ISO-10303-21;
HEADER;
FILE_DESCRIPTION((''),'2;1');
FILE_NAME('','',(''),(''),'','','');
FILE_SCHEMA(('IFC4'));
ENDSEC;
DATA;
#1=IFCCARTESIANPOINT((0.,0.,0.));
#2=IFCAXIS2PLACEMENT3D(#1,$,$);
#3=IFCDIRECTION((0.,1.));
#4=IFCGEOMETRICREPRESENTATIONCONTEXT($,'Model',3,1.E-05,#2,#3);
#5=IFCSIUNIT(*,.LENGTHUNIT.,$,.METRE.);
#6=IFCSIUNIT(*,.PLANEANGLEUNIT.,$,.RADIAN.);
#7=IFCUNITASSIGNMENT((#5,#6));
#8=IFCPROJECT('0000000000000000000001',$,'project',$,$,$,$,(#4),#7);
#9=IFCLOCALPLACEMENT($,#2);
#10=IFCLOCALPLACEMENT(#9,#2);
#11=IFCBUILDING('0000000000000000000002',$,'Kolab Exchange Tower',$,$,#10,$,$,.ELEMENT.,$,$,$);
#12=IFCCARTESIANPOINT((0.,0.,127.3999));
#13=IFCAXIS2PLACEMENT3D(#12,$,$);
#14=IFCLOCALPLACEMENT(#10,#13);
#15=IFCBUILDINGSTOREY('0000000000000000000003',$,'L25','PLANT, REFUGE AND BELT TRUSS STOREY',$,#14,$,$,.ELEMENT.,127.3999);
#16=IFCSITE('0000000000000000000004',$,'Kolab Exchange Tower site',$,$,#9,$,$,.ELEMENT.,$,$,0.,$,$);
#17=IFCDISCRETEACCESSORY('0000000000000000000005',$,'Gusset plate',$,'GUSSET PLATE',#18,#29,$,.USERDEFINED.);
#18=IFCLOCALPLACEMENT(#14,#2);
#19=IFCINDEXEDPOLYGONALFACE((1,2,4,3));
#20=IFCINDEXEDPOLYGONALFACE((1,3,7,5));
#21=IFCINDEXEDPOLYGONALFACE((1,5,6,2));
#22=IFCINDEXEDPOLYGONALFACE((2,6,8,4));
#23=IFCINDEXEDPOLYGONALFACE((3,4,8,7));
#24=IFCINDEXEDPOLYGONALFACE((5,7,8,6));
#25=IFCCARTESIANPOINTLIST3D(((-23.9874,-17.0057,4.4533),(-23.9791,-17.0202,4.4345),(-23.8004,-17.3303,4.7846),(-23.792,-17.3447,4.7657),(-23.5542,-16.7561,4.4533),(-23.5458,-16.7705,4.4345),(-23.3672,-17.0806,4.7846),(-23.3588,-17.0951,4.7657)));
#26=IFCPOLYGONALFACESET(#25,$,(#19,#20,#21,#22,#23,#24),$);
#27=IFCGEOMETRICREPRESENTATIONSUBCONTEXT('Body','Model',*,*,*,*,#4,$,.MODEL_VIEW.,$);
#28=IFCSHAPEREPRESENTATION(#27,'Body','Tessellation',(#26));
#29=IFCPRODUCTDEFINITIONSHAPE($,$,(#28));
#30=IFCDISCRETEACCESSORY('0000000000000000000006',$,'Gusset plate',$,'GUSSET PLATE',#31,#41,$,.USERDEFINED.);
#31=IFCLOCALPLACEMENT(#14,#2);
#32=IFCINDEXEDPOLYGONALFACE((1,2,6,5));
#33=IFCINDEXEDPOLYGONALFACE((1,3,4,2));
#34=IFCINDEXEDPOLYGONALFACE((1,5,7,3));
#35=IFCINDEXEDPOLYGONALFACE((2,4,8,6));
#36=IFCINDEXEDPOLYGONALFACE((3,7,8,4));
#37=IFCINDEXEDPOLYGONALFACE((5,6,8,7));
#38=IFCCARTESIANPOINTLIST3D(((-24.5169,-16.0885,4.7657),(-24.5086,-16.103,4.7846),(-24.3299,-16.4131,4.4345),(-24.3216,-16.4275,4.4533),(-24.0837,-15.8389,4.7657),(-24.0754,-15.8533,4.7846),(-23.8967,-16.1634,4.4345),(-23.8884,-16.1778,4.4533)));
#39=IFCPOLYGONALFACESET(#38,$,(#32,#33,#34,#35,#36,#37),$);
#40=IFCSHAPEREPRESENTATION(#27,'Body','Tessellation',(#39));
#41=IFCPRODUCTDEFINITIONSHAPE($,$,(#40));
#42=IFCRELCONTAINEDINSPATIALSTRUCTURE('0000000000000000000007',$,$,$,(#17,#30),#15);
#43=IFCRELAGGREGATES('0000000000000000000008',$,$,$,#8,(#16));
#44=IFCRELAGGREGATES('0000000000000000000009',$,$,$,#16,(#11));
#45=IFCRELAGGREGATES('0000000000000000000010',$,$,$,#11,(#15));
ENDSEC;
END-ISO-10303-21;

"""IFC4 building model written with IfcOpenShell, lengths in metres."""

from ifc_helpers import new_model, si_unit, direction, frame, origin, origin_2d, place, context, subcontext, project, spatial, rectangle, extrude, element, save


model = new_model("IFC4")

# Units and contexts
model_context = context("Model", 3, precision=1e-05, world=origin(), true_north=direction((0.0, 1.0)))
body_context = subcontext(model_context, "Body", "Model", "MODEL_VIEW")
ifc_project = project(units=[si_unit("LENGTHUNIT", "METRE"), si_unit("PLANEANGLEUNIT", "RADIAN")], contexts=[model_context])

# Site, building, storey
site_placement = place(None, origin())
site = spatial("IfcSite", under=ifc_project, at=site_placement, Name="Kolab Exchange Tower site", CompositionType="ELEMENT", RefElevation=0.0)
building_placement = place(site_placement, origin())
building = spatial("IfcBuilding", under=site, at=building_placement, Name="Kolab Exchange Tower", CompositionType="ELEMENT")
storey_placement = place(building_placement, frame((0.0, 0.0, 127.3999)))
storey = spatial("IfcBuildingStorey", under=building, at=storey_placement, Name="L25", Description="PLANT, REFUGE AND BELT TRUSS STOREY", CompositionType="ELEMENT", Elevation=127.3999)

# Discrete accessories
for number, where, z_axis, x_axis, name in (
    (1, (-23.6689, -17.0576, 4.6001), (-0.330768, 0.57398, 0.749092), (-0.86643, -0.499299, 0.0), "Gusset plate"),
    (2, (-24.2068, -16.126, 4.6001), (0.330768, -0.57398, 0.749092), (0.86643, 0.499299, 0.0), "Gusset plate"),
):
    element("IfcDiscreteAccessory", number, at=place(storey_placement, frame(where, z_axis=z_axis, x_axis=x_axis)), inside=storey, Name=name, ObjectType="GUSSET PLATE", PredefinedType="USERDEFINED", context=body_context, shape_type="SweptSolid", body=[
        extrude(rectangle(XDim=0.5, YDim=0.5, at=origin_2d()), origin(), (0.0, 0.0, 1.0), 0.0251),
    ])

save(model, "model.ifc")
